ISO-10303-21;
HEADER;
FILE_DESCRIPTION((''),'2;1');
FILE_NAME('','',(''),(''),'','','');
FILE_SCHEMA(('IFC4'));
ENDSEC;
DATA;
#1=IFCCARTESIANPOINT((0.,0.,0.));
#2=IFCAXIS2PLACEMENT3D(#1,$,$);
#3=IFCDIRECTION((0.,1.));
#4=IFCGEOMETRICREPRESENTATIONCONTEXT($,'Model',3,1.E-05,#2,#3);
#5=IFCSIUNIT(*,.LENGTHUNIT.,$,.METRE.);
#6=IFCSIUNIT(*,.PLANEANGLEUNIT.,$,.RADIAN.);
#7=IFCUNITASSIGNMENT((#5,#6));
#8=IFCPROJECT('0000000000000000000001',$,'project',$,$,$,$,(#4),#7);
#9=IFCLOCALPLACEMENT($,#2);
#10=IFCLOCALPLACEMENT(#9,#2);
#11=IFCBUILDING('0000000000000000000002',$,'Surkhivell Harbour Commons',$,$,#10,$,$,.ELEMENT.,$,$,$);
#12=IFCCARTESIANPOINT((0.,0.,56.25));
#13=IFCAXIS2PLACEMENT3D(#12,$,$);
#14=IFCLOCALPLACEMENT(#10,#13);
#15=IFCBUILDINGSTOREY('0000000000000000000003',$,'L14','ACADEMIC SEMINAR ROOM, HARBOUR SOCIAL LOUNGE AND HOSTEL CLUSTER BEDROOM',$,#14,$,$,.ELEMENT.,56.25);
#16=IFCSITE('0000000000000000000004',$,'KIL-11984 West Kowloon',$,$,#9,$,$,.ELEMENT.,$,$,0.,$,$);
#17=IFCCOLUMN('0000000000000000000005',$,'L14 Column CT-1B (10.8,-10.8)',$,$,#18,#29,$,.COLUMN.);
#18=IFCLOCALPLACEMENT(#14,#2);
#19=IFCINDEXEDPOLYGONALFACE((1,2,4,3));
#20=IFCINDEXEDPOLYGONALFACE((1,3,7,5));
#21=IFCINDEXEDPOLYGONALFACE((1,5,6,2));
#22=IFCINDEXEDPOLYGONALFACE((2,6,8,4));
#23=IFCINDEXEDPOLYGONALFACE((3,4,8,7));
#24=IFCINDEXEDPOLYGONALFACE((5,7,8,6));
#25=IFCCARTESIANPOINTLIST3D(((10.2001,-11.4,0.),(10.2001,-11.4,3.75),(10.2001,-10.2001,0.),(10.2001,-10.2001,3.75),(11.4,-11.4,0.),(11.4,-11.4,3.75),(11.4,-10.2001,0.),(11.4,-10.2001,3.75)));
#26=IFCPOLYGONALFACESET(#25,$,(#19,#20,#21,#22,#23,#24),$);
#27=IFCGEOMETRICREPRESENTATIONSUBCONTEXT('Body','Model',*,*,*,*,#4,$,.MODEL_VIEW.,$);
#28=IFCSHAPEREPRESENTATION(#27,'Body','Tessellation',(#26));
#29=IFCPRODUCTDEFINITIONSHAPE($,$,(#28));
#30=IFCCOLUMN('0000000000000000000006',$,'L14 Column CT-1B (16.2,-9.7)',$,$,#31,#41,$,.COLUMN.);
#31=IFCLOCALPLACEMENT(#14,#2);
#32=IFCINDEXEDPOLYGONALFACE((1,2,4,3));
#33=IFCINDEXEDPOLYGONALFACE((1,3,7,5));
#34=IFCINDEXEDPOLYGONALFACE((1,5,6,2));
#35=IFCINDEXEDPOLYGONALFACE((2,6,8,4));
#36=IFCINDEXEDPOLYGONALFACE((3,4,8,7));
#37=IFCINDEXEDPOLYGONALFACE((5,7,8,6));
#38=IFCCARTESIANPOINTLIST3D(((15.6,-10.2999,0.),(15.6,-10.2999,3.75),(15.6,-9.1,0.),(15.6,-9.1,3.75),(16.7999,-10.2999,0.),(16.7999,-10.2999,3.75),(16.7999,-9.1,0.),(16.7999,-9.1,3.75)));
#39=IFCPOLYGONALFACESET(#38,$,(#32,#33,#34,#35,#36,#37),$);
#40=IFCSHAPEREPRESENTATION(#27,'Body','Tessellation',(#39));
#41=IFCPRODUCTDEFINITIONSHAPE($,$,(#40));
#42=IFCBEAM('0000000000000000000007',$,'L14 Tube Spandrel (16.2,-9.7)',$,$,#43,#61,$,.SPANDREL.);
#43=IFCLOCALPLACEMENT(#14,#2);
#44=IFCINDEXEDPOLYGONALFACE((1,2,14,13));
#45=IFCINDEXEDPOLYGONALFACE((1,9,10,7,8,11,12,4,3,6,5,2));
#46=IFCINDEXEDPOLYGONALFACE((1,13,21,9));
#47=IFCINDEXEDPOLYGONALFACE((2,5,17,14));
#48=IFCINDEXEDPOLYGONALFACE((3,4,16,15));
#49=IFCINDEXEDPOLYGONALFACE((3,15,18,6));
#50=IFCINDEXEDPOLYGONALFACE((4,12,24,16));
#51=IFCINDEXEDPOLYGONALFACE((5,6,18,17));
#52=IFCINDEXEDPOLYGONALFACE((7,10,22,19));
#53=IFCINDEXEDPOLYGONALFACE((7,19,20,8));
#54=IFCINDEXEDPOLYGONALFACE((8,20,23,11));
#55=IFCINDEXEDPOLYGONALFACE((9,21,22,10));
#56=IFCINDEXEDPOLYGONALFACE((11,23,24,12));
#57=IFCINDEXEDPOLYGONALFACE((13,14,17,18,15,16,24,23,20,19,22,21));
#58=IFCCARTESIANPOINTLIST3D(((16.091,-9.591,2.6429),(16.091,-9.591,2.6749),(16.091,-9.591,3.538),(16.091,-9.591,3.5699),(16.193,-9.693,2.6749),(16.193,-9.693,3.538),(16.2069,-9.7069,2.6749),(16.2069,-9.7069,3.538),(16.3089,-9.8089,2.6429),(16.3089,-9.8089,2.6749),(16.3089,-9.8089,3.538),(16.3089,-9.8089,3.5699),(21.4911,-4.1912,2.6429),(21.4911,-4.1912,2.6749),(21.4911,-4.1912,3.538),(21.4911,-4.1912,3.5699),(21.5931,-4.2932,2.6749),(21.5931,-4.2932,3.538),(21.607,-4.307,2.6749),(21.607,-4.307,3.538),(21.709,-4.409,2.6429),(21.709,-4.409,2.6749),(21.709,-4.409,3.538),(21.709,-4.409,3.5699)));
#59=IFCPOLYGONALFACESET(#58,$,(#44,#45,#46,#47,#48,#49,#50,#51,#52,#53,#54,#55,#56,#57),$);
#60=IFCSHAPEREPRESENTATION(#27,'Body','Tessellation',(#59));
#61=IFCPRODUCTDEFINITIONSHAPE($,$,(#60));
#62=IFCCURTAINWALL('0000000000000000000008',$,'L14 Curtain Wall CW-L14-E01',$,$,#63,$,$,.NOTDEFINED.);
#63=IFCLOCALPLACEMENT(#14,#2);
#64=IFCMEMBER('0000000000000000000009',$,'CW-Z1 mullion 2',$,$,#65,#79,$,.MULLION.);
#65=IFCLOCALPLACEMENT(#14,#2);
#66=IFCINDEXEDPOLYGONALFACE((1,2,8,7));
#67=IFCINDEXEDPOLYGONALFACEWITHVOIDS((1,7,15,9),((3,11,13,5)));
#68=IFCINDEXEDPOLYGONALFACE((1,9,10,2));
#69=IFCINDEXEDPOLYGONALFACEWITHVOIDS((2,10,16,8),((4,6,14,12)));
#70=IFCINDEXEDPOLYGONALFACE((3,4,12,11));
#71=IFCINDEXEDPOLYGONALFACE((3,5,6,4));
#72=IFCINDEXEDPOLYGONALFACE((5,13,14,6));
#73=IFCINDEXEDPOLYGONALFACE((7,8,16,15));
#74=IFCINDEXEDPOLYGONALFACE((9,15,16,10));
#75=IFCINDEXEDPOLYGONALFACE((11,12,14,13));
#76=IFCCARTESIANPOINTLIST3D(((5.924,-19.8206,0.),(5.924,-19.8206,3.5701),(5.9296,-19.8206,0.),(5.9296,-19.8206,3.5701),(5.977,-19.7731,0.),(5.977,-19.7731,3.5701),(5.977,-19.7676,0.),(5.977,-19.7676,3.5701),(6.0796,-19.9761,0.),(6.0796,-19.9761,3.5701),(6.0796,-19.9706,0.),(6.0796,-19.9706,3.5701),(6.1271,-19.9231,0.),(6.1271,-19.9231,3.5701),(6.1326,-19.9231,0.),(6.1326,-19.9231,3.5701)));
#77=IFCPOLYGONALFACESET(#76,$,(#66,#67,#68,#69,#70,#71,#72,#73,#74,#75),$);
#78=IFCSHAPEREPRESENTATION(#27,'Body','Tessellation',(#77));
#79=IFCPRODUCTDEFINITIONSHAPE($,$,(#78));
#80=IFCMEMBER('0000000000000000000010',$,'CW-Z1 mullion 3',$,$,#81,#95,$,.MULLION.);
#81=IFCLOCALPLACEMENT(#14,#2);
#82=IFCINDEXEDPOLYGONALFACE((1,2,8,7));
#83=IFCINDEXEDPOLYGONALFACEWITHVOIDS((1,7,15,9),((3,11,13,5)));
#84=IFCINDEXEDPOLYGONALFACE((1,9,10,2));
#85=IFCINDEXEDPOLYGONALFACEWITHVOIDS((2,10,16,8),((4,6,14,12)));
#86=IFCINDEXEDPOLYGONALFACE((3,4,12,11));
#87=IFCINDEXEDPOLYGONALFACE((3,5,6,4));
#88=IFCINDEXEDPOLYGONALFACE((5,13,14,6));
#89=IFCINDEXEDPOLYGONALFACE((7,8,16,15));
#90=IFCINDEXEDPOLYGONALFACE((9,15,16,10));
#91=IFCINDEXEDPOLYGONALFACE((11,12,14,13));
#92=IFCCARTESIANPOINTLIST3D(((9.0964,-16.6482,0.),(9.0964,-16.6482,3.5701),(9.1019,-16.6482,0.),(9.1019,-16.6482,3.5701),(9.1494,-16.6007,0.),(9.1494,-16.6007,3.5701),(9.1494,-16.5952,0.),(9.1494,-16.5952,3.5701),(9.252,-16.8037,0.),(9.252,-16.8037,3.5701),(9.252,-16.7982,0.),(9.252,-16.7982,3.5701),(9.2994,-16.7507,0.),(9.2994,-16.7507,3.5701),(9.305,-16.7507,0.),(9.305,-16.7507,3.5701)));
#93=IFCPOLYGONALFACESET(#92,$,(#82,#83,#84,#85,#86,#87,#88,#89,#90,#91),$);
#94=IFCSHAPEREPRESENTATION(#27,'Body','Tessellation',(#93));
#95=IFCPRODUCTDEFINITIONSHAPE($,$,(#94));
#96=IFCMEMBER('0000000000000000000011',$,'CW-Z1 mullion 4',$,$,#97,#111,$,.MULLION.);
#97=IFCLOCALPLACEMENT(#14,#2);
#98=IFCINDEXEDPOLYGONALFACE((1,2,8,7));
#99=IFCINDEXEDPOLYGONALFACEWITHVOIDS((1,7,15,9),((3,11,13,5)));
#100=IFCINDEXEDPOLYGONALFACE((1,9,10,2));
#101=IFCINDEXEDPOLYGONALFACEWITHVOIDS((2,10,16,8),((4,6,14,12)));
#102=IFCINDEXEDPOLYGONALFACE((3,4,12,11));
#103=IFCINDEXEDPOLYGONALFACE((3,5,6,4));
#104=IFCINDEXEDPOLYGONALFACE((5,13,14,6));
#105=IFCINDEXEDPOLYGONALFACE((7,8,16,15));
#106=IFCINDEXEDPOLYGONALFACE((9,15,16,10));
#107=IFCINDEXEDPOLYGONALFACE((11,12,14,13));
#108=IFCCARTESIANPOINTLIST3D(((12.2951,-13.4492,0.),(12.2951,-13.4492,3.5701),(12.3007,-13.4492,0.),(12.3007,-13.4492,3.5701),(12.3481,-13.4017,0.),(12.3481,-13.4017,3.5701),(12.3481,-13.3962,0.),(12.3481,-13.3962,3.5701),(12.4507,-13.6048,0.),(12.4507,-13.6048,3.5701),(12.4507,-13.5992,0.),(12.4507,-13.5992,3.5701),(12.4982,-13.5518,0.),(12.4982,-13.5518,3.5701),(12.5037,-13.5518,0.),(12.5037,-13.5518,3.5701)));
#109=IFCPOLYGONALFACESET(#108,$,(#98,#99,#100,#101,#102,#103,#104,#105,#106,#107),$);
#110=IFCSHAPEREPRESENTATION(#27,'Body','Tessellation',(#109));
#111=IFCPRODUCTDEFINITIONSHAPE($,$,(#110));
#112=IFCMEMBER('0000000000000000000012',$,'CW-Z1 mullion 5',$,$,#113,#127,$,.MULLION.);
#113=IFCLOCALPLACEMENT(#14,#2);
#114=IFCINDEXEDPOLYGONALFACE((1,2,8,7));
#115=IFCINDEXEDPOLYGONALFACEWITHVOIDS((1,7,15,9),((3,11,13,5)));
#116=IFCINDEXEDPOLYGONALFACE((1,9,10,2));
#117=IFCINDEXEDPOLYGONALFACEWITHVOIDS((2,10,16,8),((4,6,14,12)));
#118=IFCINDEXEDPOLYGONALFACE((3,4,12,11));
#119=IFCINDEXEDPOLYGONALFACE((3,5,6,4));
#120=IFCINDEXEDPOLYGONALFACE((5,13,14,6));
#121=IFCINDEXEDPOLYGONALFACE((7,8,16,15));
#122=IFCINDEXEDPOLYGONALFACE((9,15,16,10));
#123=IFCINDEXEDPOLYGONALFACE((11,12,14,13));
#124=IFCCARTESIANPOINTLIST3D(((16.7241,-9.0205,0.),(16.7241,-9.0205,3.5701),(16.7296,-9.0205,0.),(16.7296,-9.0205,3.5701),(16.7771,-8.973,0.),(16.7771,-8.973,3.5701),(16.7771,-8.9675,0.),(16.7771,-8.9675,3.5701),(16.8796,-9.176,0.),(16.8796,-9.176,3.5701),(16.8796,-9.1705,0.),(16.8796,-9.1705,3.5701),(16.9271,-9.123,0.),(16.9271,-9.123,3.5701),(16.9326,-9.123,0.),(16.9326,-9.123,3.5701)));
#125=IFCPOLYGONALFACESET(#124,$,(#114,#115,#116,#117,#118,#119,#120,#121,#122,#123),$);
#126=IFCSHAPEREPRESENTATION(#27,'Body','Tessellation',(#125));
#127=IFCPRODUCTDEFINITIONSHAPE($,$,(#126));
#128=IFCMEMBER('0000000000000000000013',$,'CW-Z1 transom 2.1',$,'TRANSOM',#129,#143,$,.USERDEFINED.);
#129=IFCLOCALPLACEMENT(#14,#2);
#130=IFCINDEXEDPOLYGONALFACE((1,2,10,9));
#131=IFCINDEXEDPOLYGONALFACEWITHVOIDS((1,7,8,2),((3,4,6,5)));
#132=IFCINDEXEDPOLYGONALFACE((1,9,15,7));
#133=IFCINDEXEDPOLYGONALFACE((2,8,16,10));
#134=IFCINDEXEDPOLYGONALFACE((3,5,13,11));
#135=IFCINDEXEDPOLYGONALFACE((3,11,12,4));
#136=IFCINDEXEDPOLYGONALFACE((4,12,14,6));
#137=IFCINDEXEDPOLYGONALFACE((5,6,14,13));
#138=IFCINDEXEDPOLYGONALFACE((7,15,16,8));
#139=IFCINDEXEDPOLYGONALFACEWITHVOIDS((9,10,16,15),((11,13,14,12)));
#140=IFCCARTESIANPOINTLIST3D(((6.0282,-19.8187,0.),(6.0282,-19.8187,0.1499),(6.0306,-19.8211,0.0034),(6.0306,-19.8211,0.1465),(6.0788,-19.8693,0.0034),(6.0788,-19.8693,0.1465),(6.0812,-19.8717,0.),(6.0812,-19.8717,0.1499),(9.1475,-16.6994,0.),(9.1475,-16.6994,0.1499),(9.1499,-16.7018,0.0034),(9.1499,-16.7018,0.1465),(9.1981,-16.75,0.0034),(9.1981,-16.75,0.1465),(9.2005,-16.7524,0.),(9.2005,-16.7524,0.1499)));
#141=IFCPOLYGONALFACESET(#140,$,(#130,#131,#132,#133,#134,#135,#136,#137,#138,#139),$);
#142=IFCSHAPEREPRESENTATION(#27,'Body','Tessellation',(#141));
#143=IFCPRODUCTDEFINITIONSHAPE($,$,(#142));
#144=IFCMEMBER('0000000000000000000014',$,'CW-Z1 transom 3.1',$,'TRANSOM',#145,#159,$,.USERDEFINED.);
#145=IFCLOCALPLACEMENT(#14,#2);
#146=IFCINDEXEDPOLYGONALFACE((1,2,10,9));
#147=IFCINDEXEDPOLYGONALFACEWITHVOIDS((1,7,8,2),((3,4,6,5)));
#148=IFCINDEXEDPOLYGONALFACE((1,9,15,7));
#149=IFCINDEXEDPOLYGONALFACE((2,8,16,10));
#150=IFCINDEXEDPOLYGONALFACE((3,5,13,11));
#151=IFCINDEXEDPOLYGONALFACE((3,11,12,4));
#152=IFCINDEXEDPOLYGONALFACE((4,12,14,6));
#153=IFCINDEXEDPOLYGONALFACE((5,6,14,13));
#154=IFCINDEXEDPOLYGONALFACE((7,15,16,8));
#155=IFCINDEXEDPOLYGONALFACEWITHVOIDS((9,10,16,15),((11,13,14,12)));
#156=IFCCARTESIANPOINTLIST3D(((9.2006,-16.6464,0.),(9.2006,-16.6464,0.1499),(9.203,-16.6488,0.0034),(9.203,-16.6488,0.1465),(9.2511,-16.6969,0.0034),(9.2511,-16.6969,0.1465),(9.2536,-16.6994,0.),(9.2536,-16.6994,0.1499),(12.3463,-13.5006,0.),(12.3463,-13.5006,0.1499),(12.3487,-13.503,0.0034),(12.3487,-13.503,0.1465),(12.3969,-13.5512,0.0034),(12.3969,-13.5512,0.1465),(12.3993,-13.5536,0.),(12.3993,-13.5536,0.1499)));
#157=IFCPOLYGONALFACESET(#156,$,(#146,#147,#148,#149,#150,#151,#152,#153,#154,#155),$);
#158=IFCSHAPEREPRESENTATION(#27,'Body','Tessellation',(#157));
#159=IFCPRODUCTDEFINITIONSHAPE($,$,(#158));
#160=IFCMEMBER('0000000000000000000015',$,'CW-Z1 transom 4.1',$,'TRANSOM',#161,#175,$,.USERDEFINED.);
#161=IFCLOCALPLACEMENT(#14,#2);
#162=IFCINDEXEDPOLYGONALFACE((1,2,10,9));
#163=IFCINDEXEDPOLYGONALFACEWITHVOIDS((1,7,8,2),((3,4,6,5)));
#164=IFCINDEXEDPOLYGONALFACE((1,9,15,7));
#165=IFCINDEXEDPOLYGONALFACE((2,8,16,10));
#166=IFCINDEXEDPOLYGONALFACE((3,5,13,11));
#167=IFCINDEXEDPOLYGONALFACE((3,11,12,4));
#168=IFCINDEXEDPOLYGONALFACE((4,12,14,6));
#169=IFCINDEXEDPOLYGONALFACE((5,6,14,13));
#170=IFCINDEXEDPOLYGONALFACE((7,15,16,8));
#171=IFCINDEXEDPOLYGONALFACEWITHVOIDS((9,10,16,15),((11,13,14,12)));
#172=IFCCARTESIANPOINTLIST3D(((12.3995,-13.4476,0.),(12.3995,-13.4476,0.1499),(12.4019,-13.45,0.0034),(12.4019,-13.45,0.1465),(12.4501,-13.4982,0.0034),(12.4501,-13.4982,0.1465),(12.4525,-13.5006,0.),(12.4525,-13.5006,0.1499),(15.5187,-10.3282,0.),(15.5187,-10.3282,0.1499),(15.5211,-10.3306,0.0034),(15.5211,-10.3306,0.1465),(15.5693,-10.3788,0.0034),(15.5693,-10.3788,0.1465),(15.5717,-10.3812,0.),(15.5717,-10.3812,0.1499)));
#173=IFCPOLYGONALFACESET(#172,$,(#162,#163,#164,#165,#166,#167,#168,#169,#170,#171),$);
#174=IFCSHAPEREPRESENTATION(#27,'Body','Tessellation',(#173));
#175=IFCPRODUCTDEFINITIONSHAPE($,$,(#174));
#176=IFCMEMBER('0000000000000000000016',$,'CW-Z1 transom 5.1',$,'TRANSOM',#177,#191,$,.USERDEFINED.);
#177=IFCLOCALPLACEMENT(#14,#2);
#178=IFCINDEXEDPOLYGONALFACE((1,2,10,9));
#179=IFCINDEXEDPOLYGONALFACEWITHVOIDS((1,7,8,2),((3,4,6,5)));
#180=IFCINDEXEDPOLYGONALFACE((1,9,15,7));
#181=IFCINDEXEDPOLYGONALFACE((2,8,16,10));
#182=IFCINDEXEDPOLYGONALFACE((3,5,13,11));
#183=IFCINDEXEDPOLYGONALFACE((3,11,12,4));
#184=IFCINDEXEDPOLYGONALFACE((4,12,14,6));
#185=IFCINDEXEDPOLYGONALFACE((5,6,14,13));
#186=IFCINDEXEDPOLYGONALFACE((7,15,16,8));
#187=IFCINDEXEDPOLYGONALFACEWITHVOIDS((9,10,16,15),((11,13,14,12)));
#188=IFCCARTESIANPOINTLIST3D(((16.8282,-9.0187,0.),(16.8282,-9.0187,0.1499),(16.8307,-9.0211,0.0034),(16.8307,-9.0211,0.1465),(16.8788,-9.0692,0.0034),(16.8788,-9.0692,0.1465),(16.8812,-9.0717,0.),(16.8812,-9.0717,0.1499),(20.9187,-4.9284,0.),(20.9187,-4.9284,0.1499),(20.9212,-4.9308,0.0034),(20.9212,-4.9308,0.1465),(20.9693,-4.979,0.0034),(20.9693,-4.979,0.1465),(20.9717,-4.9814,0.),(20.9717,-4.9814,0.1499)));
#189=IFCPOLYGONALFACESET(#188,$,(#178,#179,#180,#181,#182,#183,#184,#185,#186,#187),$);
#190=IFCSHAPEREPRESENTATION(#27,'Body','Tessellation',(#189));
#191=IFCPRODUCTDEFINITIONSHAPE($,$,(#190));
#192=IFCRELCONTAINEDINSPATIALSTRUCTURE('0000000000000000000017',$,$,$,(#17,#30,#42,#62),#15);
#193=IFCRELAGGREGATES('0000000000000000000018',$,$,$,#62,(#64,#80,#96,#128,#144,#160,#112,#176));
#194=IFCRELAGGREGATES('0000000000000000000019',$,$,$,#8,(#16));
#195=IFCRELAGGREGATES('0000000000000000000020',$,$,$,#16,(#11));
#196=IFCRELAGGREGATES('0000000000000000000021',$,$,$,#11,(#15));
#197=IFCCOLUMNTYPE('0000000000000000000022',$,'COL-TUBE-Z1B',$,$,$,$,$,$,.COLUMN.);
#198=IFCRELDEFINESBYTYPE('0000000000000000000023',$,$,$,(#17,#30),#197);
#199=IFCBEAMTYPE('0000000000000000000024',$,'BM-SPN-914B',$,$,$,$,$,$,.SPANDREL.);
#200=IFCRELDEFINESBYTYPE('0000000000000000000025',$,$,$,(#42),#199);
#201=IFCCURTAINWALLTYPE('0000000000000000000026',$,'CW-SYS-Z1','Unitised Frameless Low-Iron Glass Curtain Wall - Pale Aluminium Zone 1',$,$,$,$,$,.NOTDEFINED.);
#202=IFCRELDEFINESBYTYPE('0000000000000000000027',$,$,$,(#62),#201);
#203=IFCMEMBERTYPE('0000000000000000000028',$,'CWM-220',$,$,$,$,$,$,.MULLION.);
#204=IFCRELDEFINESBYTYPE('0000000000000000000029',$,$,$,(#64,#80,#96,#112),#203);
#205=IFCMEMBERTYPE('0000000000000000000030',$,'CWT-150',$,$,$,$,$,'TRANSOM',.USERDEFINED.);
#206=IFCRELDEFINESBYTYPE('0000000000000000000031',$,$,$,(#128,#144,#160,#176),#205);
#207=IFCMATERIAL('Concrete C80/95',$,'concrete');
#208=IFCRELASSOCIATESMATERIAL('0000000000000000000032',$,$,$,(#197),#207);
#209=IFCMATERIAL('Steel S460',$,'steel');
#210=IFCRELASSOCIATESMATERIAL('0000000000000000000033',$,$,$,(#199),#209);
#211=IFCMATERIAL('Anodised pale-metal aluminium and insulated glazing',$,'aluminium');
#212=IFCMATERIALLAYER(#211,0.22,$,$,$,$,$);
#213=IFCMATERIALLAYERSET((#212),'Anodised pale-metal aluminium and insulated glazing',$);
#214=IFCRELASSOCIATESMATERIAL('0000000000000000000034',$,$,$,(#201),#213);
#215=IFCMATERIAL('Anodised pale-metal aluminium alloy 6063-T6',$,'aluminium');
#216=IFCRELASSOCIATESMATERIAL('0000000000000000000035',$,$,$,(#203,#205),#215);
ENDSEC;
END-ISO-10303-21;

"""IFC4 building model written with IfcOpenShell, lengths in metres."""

from ifc_helpers import new_model, si_unit, direction, frame, origin, origin_2d, place, context, subcontext, project, spatial, rectangle, hollow_rectangle, i_section, extrude, material, layer, layer_set, material_profile, profile_set, type_object, element, aggregate, save


model = new_model("IFC4")

# Units and contexts
model_context = context("Model", 3, precision=1e-05, world=origin(), true_north=direction((0.0, 1.0)))
body_context = subcontext(model_context, "Body", "Model", "MODEL_VIEW")
ifc_project = project(units=[si_unit("LENGTHUNIT", "METRE"), si_unit("PLANEANGLEUNIT", "RADIAN")], contexts=[model_context])

# Site, building, storey
site_placement = place(None, origin())
site = spatial("IfcSite", under=ifc_project, at=site_placement, Name="KIL-11984 West Kowloon", CompositionType="ELEMENT", RefElevation=0.0)
building_placement = place(site_placement, origin())
building = spatial("IfcBuilding", under=site, at=building_placement, Name="Surkhivell Harbour Commons", CompositionType="ELEMENT")
storey_placement = place(building_placement, frame((0.0, 0.0, 56.25)))
storey = spatial("IfcBuildingStorey", under=building, at=storey_placement, Name="L14", Description="ACADEMIC SEMINAR ROOM, HARBOUR SOCIAL LOUNGE AND HOSTEL CLUSTER BEDROOM", CompositionType="ELEMENT", Elevation=56.25)

# Columns
ifc_material_1 = material(Name="Concrete C80/95", Category="concrete")
ifc_material_profile_1 = material_profile(ifc_material_1, rectangle(XDim=1.2, YDim=1.2, at=origin_2d()), Name="RC-COL-1200x1200")
ifc_profile_set_1 = profile_set([ifc_material_profile_1], Name="Concrete C80/95")
column_type = type_object("IfcColumnType", Name="COL-TUBE-Z1B", PredefinedType="COLUMN", material=ifc_profile_set_1)
for number, where, z_axis, x_axis, name in (
    (1, (10.8, -10.8, 0.0), (0.0, 0.0, 1.0), (1.0, 0.0, 0.0), "L14 Column CT-1B (10.8,-10.8)"),
    (2, (16.2, -9.7, 0.0), (0.0, 0.0, 1.0), (1.0, 0.0, 0.0), "L14 Column CT-1B (16.2,-9.7)"),
):
    element("IfcColumn", number, at=place(storey_placement, frame(where, z_axis=z_axis, x_axis=x_axis)), inside=storey, type_object=column_type, Name=name, PredefinedType="COLUMN", context=body_context, shape_type="SweptSolid", body=[
        extrude(rectangle(XDim=1.2, YDim=1.2, at=origin_2d()), origin(), (0.0, 0.0, 1.0), 3.75),
    ])

# Beam
ifc_material_2 = material(Name="Steel S460", Category="steel")
ifc_material_profile_2 = material_profile(ifc_material_2, i_section(OverallWidth=0.3081, OverallDepth=0.927, WebThickness=0.0195, FlangeThickness=0.032, at=origin_2d()), Name="UB914x305x289")
ifc_profile_set_2 = profile_set([ifc_material_profile_2], Name="Steel S460")
beam_type = type_object("IfcBeamType", Name="BM-SPN-914B", PredefinedType="SPANDREL", material=ifc_profile_set_2)
beam_placement = place(storey_placement, frame((16.2, -9.7, 3.1064), z_axis=(0.707123, 0.707091, 0.0), x_axis=(-0.707091, 0.707123, 0.0)))
element("IfcBeam", 3, at=beam_placement, inside=storey, type_object=beam_type, Name="L14 Tube Spandrel (16.2,-9.7)", PredefinedType="SPANDREL", context=body_context, shape_type="SweptSolid", body=[
    extrude(i_section(OverallWidth=0.3081, OverallDepth=0.927, WebThickness=0.0195, FlangeThickness=0.032, at=origin_2d()), origin(), (0.0, 0.0, 1.0), 7.6367),
])

# Curtain wall, members
ifc_material_3 = material(Name="Anodised pale-metal aluminium and insulated glazing", Category="aluminium")
ifc_layer_1 = layer(ifc_material_3, 0.22)
ifc_layer_set_1 = layer_set([ifc_layer_1], Name="Anodised pale-metal aluminium and insulated glazing")
curtain_wall_type = type_object("IfcCurtainWallType", Name="CW-SYS-Z1", Description="Unitised Frameless Low-Iron Glass Curtain Wall - Pale Aluminium Zone 1", PredefinedType="NOTDEFINED", material=ifc_layer_set_1)
curtain_wall_placement = place(storey_placement, origin())
curtain_wall = element("IfcCurtainWall", 4, at=curtain_wall_placement, inside=storey, type_object=curtain_wall_type, Name="L14 Curtain Wall CW-L14-E01", PredefinedType="NOTDEFINED")
ifc_material_4 = material(Name="Anodised pale-metal aluminium alloy 6063-T6", Category="aluminium")
ifc_material_profile_3 = material_profile(ifc_material_4, hollow_rectangle(XDim=0.075, YDim=0.22, WallThickness=0.0039, at=origin_2d()), Name="ALU-MULL-75x220")
ifc_profile_set_3 = profile_set([ifc_material_profile_3], Name="Anodised pale-metal aluminium alloy 6063-T6")
member_type_1 = type_object("IfcMemberType", Name="CWM-220", PredefinedType="MULLION", material=ifc_profile_set_3)
member_1_placement = place(storey_placement, frame((6.0283, -19.8718, 0.0), z_axis=(0.0, 0.0, 1.0), x_axis=(0.707107, 0.707107, 0.0)))
member_1 = element("IfcMember", 5, at=member_1_placement, type_object=member_type_1, Name="CW-Z1 mullion 2", PredefinedType="MULLION", context=body_context, shape_type="SweptSolid", body=[
    extrude(hollow_rectangle(XDim=0.075, YDim=0.22, WallThickness=0.0039, at=origin_2d()), origin(), (0.0, 0.0, 1.0), 3.5701),
])
member_2_placement = place(storey_placement, frame((9.2007, -16.6995, 0.0), z_axis=(0.0, 0.0, 1.0), x_axis=(0.707107, 0.707107, 0.0)))
member_2 = element("IfcMember", 6, at=member_2_placement, type_object=member_type_1, Name="CW-Z1 mullion 3", PredefinedType="MULLION", context=body_context, shape_type="SweptSolid", body=[
    extrude(hollow_rectangle(XDim=0.075, YDim=0.22, WallThickness=0.0039, at=origin_2d()), origin(), (0.0, 0.0, 1.0), 3.5701),
])
member_3_placement = place(storey_placement, frame((12.3994, -13.5005, 0.0), z_axis=(0.0, 0.0, 1.0), x_axis=(0.707107, 0.707107, 0.0)))
member_3 = element("IfcMember", 7, at=member_3_placement, type_object=member_type_1, Name="CW-Z1 mullion 4", PredefinedType="MULLION", context=body_context, shape_type="SweptSolid", body=[
    extrude(hollow_rectangle(XDim=0.075, YDim=0.22, WallThickness=0.0039, at=origin_2d()), origin(), (0.0, 0.0, 1.0), 3.5701),
])
member_4_placement = place(storey_placement, frame((16.8284, -9.0718, 0.0), z_axis=(0.0, 0.0, 1.0), x_axis=(0.707107, 0.707107, 0.0)))
member_4 = element("IfcMember", 8, at=member_4_placement, type_object=member_type_1, Name="CW-Z1 mullion 5", PredefinedType="MULLION", context=body_context, shape_type="SweptSolid", body=[
    extrude(hollow_rectangle(XDim=0.075, YDim=0.22, WallThickness=0.0039, at=origin_2d()), origin(), (0.0, 0.0, 1.0), 3.5701),
])
ifc_material_profile_4 = material_profile(ifc_material_4, hollow_rectangle(XDim=0.075, YDim=0.1499, WallThickness=0.0034, at=origin_2d()), Name="ALU-TRAN-75x150")
ifc_profile_set_4 = profile_set([ifc_material_profile_4], Name="Anodised pale-metal aluminium alloy 6063-T6")
member_type_2 = type_object("IfcMemberType", Name="CWT-150", ElementType="TRANSOM", PredefinedType="USERDEFINED", material=ifc_profile_set_4)
member_5_placement = place(storey_placement, frame((6.0547, -19.8452, 0.075), z_axis=(0.707107, 0.707107, 0.0), x_axis=(-0.707107, 0.707107, 0.0)))
member_5 = element("IfcMember", 9, at=member_5_placement, type_object=member_type_2, Name="CW-Z1 transom 2.1", ObjectType="TRANSOM", PredefinedType="USERDEFINED", context=body_context, shape_type="SweptSolid", body=[
    extrude(hollow_rectangle(XDim=0.075, YDim=0.1499, WallThickness=0.0034, at=origin_2d()), origin(), (0.0, 0.0, 1.0), 4.4114),
])
member_6_placement = place(storey_placement, frame((9.2271, -16.6729, 0.075), z_axis=(0.707107, 0.707107, 0.0), x_axis=(-0.707107, 0.707107, 0.0)))
member_6 = element("IfcMember", 10, at=member_6_placement, type_object=member_type_2, Name="CW-Z1 transom 3.1", ObjectType="TRANSOM", PredefinedType="USERDEFINED", context=body_context, shape_type="SweptSolid", body=[
    extrude(hollow_rectangle(XDim=0.075, YDim=0.1499, WallThickness=0.0034, at=origin_2d()), origin(), (0.0, 0.0, 1.0), 4.4487),
])
member_7_placement = place(storey_placement, frame((12.426, -13.4741, 0.075), z_axis=(0.707079, 0.707134, 0.0), x_axis=(-0.707134, 0.707079, 0.0)))
member_7 = element("IfcMember", 11, at=member_7_placement, type_object=member_type_2, Name="CW-Z1 transom 4.1", ObjectType="TRANSOM", PredefinedType="USERDEFINED", context=body_context, shape_type="SweptSolid", body=[
    extrude(hollow_rectangle(XDim=0.075, YDim=0.1499, WallThickness=0.0034, at=origin_2d()), origin(), (0.0, 0.0, 1.0), 4.4114),
])
member_8_placement = place(storey_placement, frame((16.8547, -9.0452, 0.075), z_axis=(0.707128, 0.707086, 0.0), x_axis=(-0.707086, 0.707128, 0.0)))
member_8 = element("IfcMember", 12, at=member_8_placement, type_object=member_type_2, Name="CW-Z1 transom 5.1", ObjectType="TRANSOM", PredefinedType="USERDEFINED", context=body_context, shape_type="SweptSolid", body=[
    extrude(hollow_rectangle(XDim=0.075, YDim=0.1499, WallThickness=0.0034, at=origin_2d()), origin(), (0.0, 0.0, 1.0), 5.7847),
])
aggregate(curtain_wall, [member_1, member_2, member_3, member_5, member_6, member_7, member_4, member_8])

save(model, "model.ifc")
